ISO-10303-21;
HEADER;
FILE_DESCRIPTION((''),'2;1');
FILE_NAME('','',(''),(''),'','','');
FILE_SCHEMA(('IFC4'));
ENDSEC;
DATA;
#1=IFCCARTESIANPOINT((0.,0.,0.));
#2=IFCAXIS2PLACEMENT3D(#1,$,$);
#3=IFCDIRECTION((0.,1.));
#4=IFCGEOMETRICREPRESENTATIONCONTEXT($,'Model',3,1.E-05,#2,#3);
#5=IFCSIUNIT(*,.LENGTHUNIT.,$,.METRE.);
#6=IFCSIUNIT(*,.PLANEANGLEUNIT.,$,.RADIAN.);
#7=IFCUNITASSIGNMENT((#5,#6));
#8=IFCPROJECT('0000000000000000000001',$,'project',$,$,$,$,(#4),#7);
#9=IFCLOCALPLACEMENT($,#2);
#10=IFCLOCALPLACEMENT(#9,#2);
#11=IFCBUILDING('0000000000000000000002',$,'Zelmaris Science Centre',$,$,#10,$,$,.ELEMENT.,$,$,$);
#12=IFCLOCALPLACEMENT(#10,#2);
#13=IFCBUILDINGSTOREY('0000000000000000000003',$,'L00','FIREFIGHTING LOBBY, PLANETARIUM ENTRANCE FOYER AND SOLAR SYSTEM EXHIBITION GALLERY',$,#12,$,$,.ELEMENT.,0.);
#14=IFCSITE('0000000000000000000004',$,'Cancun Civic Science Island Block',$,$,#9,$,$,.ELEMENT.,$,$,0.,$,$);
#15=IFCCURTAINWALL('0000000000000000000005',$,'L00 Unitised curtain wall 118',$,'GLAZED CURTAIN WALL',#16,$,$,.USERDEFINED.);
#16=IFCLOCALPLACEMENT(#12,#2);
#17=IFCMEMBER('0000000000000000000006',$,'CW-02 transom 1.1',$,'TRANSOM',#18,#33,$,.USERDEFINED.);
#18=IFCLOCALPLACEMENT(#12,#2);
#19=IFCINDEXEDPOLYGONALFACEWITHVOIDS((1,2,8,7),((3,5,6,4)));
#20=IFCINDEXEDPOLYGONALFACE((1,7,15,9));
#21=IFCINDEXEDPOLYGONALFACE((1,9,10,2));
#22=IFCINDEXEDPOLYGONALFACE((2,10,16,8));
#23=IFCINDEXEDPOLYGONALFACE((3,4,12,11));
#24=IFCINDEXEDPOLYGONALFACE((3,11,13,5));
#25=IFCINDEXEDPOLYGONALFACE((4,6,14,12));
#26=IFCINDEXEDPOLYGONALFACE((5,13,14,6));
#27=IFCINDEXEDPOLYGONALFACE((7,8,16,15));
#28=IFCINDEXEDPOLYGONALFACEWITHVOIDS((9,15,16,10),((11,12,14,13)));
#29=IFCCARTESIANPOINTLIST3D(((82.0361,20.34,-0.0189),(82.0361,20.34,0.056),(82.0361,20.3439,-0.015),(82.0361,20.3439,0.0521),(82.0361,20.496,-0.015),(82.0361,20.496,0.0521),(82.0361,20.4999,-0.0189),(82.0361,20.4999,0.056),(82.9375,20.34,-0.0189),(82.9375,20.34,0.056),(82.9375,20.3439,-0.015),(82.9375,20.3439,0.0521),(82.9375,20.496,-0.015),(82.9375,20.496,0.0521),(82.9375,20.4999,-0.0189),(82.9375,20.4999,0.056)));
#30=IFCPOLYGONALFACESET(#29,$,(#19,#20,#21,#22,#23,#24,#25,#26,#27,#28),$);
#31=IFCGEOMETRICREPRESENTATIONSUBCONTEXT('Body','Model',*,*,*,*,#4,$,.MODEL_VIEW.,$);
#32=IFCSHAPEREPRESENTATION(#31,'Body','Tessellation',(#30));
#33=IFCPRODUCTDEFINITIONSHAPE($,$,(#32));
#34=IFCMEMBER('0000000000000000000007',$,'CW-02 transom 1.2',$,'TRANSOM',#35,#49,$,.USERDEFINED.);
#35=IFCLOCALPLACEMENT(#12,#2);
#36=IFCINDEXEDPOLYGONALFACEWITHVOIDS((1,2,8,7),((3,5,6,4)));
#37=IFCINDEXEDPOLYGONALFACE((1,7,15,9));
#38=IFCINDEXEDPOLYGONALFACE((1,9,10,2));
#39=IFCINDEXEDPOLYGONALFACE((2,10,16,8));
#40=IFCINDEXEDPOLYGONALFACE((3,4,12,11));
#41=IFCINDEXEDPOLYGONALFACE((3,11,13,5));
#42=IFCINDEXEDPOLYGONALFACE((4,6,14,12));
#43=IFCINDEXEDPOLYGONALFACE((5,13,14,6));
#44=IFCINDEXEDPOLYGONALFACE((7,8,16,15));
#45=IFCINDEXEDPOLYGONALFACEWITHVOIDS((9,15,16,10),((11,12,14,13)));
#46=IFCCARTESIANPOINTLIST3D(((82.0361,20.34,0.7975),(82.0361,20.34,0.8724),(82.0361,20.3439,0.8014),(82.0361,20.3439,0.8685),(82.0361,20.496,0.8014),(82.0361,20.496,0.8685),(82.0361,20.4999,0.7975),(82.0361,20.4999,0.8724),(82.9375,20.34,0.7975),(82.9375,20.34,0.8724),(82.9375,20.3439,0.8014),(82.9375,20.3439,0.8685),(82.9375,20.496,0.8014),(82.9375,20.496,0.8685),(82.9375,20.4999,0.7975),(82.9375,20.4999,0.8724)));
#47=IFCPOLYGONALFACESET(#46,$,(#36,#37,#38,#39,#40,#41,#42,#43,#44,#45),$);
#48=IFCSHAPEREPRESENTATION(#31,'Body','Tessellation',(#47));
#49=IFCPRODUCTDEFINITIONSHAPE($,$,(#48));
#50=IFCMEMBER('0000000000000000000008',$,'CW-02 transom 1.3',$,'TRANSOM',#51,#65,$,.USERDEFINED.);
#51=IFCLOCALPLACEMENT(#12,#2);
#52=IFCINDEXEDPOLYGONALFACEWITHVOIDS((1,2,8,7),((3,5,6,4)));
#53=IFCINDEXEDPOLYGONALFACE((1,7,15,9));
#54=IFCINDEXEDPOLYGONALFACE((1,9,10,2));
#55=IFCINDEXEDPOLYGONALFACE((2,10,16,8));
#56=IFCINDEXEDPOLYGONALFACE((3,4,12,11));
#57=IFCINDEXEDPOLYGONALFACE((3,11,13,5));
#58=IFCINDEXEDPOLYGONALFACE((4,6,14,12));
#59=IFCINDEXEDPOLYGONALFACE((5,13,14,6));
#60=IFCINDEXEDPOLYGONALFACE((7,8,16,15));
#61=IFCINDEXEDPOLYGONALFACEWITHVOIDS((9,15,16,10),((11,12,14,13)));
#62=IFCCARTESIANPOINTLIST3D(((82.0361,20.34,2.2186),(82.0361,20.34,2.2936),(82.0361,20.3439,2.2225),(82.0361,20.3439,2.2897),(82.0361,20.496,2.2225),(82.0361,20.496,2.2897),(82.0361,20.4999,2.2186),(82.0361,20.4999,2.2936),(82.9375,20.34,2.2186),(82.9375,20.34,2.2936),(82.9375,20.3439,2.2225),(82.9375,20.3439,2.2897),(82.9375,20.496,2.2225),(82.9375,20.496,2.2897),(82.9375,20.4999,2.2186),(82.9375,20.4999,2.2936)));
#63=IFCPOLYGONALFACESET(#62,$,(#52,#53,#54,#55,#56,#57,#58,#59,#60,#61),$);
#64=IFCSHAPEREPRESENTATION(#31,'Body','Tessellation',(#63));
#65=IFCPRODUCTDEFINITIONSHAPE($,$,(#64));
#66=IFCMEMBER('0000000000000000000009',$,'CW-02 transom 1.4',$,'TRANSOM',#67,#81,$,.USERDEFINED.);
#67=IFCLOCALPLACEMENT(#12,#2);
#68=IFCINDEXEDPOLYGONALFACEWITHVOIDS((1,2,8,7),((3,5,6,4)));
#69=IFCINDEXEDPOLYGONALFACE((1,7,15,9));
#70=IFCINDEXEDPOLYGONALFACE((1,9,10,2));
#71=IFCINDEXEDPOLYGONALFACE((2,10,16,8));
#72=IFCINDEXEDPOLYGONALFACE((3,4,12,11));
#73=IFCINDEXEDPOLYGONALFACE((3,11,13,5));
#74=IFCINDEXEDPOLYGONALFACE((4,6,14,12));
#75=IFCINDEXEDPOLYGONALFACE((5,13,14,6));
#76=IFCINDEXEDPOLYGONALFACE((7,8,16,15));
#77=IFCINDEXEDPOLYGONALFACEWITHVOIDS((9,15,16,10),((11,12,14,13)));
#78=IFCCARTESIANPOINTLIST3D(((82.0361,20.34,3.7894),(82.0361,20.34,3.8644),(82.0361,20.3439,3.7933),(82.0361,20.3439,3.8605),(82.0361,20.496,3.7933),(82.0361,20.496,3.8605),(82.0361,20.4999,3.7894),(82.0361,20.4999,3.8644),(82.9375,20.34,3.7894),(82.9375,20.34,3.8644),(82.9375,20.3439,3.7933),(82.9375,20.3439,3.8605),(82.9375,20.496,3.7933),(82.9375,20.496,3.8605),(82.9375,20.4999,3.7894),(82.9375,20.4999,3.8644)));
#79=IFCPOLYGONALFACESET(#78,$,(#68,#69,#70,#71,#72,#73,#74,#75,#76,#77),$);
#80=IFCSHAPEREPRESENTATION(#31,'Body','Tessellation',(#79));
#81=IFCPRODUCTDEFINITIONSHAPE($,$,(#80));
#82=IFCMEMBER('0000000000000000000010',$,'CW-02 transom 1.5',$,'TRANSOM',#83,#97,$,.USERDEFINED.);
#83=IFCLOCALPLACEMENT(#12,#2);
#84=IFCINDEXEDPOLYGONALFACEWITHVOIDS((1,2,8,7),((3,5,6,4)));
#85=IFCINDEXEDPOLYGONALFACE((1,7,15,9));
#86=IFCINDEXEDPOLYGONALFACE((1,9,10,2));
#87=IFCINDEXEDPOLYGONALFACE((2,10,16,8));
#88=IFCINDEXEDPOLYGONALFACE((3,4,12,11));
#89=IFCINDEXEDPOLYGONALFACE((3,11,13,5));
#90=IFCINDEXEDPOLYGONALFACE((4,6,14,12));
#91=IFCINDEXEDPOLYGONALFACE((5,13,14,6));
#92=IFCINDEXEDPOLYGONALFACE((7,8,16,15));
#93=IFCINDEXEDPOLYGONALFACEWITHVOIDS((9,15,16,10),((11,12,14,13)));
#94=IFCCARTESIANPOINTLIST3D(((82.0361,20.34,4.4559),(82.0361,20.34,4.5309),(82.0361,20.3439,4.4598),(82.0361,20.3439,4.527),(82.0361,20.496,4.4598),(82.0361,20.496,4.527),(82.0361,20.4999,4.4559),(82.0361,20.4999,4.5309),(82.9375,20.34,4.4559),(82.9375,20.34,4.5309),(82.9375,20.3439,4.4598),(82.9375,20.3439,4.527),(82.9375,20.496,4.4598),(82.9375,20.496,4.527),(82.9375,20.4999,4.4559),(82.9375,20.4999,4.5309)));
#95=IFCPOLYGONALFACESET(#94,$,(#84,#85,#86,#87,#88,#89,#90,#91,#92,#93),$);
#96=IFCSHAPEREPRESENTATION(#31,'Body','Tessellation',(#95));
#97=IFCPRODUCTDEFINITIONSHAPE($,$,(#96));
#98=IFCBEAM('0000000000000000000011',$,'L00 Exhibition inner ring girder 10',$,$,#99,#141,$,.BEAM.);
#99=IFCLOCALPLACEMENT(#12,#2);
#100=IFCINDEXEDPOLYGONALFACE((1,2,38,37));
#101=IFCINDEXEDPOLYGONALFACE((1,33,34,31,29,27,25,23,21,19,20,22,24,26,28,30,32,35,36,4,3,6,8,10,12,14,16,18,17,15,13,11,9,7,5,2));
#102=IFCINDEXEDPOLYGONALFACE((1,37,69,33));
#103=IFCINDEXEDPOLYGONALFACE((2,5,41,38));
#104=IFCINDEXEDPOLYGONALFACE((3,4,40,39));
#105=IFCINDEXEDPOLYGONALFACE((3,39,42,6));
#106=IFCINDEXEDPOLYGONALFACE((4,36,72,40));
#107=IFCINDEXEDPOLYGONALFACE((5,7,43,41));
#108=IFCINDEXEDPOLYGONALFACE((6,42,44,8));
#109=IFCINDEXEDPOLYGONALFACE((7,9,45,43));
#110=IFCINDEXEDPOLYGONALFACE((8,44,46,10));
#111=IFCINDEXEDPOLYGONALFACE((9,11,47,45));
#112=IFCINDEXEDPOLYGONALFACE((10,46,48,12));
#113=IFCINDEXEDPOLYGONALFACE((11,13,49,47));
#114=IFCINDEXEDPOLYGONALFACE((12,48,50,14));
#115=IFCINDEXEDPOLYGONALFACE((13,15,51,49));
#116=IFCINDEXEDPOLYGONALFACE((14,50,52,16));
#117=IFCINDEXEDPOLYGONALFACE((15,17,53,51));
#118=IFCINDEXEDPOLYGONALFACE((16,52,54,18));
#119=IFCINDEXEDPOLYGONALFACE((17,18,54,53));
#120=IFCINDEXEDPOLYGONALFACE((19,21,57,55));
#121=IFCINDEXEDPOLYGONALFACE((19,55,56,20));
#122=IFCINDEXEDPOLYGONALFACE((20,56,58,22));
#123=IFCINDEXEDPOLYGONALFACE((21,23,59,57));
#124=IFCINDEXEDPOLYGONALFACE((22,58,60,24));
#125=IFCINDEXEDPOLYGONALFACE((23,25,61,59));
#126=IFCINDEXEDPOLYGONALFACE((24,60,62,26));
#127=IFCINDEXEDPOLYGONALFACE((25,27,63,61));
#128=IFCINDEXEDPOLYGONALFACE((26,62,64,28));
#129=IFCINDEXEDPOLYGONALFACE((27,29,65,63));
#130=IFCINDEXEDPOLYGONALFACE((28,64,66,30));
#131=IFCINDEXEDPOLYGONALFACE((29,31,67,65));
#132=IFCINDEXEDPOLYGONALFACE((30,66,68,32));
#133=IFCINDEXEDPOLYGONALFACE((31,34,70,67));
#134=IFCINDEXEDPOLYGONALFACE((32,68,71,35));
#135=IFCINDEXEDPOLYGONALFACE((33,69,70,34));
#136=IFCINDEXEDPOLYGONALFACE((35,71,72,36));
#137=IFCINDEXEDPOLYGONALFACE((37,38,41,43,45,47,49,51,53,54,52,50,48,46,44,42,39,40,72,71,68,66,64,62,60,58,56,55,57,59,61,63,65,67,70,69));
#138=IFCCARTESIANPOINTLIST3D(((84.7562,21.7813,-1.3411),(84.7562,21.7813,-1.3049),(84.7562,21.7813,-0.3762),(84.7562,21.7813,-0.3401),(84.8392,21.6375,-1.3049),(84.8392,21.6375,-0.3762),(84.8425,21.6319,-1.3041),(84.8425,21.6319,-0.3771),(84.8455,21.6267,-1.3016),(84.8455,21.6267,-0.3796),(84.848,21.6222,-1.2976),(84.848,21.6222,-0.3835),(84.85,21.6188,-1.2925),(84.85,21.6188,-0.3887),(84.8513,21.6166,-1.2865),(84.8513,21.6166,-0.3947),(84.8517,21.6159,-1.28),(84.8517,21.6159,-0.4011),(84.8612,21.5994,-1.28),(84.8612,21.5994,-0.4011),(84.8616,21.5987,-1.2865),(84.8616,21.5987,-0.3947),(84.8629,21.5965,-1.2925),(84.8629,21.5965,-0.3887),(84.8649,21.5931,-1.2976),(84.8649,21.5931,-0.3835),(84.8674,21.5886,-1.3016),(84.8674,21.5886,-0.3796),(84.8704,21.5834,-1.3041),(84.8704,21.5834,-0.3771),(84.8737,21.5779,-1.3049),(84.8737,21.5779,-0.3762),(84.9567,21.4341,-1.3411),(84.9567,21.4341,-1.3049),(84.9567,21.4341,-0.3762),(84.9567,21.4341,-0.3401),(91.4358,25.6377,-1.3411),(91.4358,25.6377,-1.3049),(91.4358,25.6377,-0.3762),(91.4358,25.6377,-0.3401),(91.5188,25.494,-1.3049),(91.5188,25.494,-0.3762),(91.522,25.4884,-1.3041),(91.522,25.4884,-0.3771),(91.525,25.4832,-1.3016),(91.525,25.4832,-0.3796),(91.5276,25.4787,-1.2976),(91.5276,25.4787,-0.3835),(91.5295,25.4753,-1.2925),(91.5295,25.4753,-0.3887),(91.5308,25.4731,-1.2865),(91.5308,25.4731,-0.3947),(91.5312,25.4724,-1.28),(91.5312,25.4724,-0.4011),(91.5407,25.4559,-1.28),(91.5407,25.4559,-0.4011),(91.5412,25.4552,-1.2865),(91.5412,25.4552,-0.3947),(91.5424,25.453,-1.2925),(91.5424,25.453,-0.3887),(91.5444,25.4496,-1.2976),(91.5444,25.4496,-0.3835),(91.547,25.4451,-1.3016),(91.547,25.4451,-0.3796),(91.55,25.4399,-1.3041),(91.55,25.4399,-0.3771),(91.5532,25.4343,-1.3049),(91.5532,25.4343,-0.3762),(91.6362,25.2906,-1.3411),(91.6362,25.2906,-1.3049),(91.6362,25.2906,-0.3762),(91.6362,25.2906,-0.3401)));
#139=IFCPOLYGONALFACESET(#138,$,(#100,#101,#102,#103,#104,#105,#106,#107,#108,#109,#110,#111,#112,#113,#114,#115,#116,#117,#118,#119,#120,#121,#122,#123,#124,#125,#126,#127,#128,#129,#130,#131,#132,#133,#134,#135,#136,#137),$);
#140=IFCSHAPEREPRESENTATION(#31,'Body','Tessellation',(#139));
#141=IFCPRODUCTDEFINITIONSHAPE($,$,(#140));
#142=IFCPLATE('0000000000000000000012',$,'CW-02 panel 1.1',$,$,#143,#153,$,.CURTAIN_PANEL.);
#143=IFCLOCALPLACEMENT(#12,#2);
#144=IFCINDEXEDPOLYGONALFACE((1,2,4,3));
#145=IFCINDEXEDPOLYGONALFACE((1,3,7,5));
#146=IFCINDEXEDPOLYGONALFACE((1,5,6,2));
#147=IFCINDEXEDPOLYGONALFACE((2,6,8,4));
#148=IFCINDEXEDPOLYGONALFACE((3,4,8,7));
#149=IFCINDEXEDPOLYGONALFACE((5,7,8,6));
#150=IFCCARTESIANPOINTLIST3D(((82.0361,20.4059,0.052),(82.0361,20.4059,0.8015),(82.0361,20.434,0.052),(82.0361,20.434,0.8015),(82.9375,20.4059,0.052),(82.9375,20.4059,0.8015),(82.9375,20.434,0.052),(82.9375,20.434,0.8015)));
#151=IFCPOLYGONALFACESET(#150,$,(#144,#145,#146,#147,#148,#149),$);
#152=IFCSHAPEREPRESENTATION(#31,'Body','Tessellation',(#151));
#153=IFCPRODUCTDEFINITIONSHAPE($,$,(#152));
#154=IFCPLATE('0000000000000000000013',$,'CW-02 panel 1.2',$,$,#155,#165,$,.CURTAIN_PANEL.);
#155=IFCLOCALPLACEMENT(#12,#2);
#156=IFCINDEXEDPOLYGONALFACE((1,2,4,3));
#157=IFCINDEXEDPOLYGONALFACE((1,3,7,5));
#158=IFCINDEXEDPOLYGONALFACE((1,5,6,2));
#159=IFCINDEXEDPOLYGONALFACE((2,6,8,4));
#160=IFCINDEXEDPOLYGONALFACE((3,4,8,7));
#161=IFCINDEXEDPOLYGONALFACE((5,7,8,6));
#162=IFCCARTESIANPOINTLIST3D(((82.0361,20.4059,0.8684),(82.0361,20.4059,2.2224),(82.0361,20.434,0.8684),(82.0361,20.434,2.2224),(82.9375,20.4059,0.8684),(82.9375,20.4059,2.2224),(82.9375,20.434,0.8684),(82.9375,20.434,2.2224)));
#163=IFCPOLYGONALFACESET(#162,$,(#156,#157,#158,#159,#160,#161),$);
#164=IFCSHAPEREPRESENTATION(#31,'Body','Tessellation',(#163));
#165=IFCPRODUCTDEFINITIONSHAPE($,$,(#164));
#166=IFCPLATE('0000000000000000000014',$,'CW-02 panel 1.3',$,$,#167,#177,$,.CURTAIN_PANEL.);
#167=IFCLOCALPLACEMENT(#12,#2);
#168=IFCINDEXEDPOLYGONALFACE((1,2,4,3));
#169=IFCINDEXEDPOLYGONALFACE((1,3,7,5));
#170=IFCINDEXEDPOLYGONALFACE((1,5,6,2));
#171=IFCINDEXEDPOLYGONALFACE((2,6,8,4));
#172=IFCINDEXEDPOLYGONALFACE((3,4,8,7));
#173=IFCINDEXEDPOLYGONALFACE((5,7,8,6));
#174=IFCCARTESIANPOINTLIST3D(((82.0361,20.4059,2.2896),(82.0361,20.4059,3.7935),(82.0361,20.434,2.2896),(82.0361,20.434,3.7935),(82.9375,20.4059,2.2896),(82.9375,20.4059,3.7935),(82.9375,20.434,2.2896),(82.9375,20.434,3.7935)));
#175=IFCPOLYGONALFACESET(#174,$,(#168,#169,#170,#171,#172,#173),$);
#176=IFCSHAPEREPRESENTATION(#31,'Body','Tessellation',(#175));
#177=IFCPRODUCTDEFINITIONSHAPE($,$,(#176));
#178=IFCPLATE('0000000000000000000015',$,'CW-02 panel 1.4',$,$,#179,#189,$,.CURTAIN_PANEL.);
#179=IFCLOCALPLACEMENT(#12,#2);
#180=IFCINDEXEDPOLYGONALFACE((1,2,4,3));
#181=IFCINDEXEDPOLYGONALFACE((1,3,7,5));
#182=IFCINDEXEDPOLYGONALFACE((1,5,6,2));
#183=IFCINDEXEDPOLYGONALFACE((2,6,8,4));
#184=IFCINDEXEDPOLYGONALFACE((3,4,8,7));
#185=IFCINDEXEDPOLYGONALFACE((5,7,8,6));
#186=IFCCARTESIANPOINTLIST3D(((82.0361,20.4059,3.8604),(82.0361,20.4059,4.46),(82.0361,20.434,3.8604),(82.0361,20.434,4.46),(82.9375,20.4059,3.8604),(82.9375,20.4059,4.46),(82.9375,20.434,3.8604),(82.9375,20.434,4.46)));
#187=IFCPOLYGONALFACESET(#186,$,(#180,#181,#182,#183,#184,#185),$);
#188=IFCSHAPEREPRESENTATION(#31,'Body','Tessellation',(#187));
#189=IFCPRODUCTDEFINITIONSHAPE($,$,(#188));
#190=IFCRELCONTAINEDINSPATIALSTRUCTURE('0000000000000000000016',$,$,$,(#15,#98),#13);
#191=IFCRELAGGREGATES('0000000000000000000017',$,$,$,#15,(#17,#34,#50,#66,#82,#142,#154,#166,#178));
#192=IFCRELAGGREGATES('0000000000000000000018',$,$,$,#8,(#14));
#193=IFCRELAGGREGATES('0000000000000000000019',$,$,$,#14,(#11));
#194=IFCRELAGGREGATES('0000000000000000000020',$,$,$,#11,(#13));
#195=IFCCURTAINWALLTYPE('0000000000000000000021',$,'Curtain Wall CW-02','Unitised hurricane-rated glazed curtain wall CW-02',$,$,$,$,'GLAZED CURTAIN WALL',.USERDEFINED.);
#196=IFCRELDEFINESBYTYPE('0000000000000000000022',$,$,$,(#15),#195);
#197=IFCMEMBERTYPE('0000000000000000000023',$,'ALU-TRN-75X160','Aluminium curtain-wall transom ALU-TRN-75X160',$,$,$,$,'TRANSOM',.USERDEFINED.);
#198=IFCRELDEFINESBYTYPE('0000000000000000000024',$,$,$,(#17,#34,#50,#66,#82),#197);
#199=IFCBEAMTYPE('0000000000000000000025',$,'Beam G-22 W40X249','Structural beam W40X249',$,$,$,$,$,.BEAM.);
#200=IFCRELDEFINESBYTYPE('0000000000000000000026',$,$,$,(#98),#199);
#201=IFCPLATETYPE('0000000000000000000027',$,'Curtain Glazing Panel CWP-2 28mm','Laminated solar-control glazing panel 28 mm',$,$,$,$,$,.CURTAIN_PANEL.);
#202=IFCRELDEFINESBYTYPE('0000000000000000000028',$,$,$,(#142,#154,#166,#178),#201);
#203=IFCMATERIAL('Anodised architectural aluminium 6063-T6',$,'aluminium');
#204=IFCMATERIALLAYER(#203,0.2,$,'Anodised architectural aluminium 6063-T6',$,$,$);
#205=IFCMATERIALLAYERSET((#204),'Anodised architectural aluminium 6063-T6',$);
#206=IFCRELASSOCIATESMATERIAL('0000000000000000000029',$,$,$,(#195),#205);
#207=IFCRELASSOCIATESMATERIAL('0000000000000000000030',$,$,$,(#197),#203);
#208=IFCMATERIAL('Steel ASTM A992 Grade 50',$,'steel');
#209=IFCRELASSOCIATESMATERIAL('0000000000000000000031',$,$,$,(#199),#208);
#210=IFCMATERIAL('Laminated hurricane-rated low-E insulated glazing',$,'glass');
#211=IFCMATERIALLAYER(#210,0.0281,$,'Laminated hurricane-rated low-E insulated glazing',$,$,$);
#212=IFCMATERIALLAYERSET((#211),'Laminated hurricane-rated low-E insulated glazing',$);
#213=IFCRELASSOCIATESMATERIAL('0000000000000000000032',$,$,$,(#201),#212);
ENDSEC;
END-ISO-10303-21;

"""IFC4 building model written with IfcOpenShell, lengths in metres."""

from ifc_helpers import new_model, si_unit, direction, frame, origin, origin_2d, place, context, subcontext, project, spatial, rectangle, hollow_rectangle, i_section, extrude, material, layer, layer_set, material_profile, profile_set, type_object, element, aggregate, save


model = new_model("IFC4")

# Units and contexts
model_context = context("Model", 3, precision=1e-05, world=origin(), true_north=direction((0.0, 1.0)))
body_context = subcontext(model_context, "Body", "Model", "MODEL_VIEW")
ifc_project = project(units=[si_unit("LENGTHUNIT", "METRE"), si_unit("PLANEANGLEUNIT", "RADIAN")], contexts=[model_context])

# Site, building, storey
site_placement = place(None, origin())
site = spatial("IfcSite", under=ifc_project, at=site_placement, Name="Cancun Civic Science Island Block", CompositionType="ELEMENT", RefElevation=0.0)
building_placement = place(site_placement, origin())
building = spatial("IfcBuilding", under=site, at=building_placement, Name="Zelmaris Science Centre", CompositionType="ELEMENT")
storey_placement = place(building_placement, origin())
storey = spatial("IfcBuildingStorey", under=building, at=storey_placement, Name="L00", Description="FIREFIGHTING LOBBY, PLANETARIUM ENTRANCE FOYER AND SOLAR SYSTEM EXHIBITION GALLERY", CompositionType="ELEMENT", Elevation=0.0)

# Shared definitions
ifc_material_1 = material(Name="Steel ASTM A992 Grade 50", Category="steel")

# Shared definitions
ifc_material_2 = material(Name="Anodised architectural aluminium 6063-T6", Category="aluminium")

# Curtain wall
ifc_layer_1 = layer(ifc_material_2, 0.2, Name="Anodised architectural aluminium 6063-T6")
ifc_layer_set_1 = layer_set([ifc_layer_1], Name="Anodised architectural aluminium 6063-T6")
curtain_wall_type_1 = type_object("IfcCurtainWallType", Name="Curtain Wall CW-02", Description="Unitised hurricane-rated glazed curtain wall CW-02", ElementType="GLAZED CURTAIN WALL", PredefinedType="USERDEFINED", material=ifc_layer_set_1)
curtain_wall_1_placement = place(storey_placement, origin())
curtain_wall_1 = element("IfcCurtainWall", 1, at=curtain_wall_1_placement, inside=storey, type_object=curtain_wall_type_1, Name="L00 Unitised curtain wall 118", ObjectType="GLAZED CURTAIN WALL", PredefinedType="USERDEFINED")

# Members
ifc_material_profile_1 = material_profile(ifc_material_2, hollow_rectangle(XDim=0.075, YDim=0.1599, WallThickness=0.0039, at=origin_2d()), Name="ALU-TRN-75X160")
ifc_profile_set_1 = profile_set([ifc_material_profile_1], Name="Anodised architectural aluminium 6063-T6")
member_type_1 = type_object("IfcMemberType", Name="ALU-TRN-75X160", Description="Aluminium curtain-wall transom ALU-TRN-75X160", ElementType="TRANSOM", PredefinedType="USERDEFINED", material=ifc_profile_set_1)
member_1_placement = place(storey_placement, frame((82.9375, 20.4199, 0.0186), z_axis=(-1.0, 0.0, 0.0), x_axis=(0.0, 0.0, 1.0)))
member_1 = element("IfcMember", 2, at=member_1_placement, type_object=member_type_1, Name="CW-02 transom 1.1", ObjectType="TRANSOM", PredefinedType="USERDEFINED", context=body_context, shape_type="SweptSolid", body=[
    extrude(hollow_rectangle(XDim=0.075, YDim=0.1599, WallThickness=0.0039, at=origin_2d()), origin(), (0.0, 0.0, 1.0), 0.9014),
])
member_2_placement = place(storey_placement, frame((82.9375, 20.4199, 0.835), z_axis=(-1.0, 0.0, 0.0), x_axis=(0.0, 0.0, 1.0)))
member_2 = element("IfcMember", 3, at=member_2_placement, type_object=member_type_1, Name="CW-02 transom 1.2", ObjectType="TRANSOM", PredefinedType="USERDEFINED", context=body_context, shape_type="SweptSolid", body=[
    extrude(hollow_rectangle(XDim=0.075, YDim=0.1599, WallThickness=0.0039, at=origin_2d()), origin(), (0.0, 0.0, 1.0), 0.9014),
])
member_3_placement = place(storey_placement, frame((82.9375, 20.4199, 2.2561), z_axis=(-1.0, 0.0, 0.0), x_axis=(0.0, 0.0, 1.0)))
member_3 = element("IfcMember", 4, at=member_3_placement, type_object=member_type_1, Name="CW-02 transom 1.3", ObjectType="TRANSOM", PredefinedType="USERDEFINED", context=body_context, shape_type="SweptSolid", body=[
    extrude(hollow_rectangle(XDim=0.075, YDim=0.1599, WallThickness=0.0039, at=origin_2d()), origin(), (0.0, 0.0, 1.0), 0.9014),
])
member_4_placement = place(storey_placement, frame((82.9375, 20.4199, 3.8269), z_axis=(-1.0, 0.0, 0.0), x_axis=(0.0, 0.0, 1.0)))
member_4 = element("IfcMember", 5, at=member_4_placement, type_object=member_type_1, Name="CW-02 transom 1.4", ObjectType="TRANSOM", PredefinedType="USERDEFINED", context=body_context, shape_type="SweptSolid", body=[
    extrude(hollow_rectangle(XDim=0.075, YDim=0.1599, WallThickness=0.0039, at=origin_2d()), origin(), (0.0, 0.0, 1.0), 0.9014),
])
member_5_placement = place(storey_placement, frame((82.9375, 20.4199, 4.4934), z_axis=(-1.0, 0.0, 0.0), x_axis=(0.0, 0.0, 1.0)))
member_5 = element("IfcMember", 6, at=member_5_placement, type_object=member_type_1, Name="CW-02 transom 1.5", ObjectType="TRANSOM", PredefinedType="USERDEFINED", context=body_context, shape_type="SweptSolid", body=[
    extrude(hollow_rectangle(XDim=0.075, YDim=0.1599, WallThickness=0.0039, at=origin_2d()), origin(), (0.0, 0.0, 1.0), 0.9014),
])

# Beam
ifc_material_profile_2 = material_profile(ifc_material_1, i_section(OverallWidth=0.4009, OverallDepth=1.001, WebThickness=0.019, FlangeThickness=0.0361, FilletRadius=0.0249, at=origin_2d()), Name="W40X249")
ifc_profile_set_2 = profile_set([ifc_material_profile_2], Name="Steel ASTM A992 Grade 50")
beam_type = type_object("IfcBeamType", Name="Beam G-22 W40X249", Description="Structural beam W40X249", PredefinedType="BEAM", material=ifc_profile_set_2)
beam_placement = place(storey_placement, frame((84.8564, 21.6077, -0.8406), z_axis=(0.866022, 0.500007, 0.0), x_axis=(-0.500007, 0.866022, 0.0)))
element("IfcBeam", 7, at=beam_placement, inside=storey, type_object=beam_type, Name="L00 Exhibition inner ring girder 10", PredefinedType="BEAM", context=body_context, shape_type="SweptSolid", body=[
    extrude(i_section(OverallWidth=0.4009, OverallDepth=1.001, WebThickness=0.019, FlangeThickness=0.0361, FilletRadius=0.0249, at=origin_2d()), origin(), (0.0, 0.0, 1.0), 7.7129),
])

# Plates
ifc_material_3 = material(Name="Laminated hurricane-rated low-E insulated glazing", Category="glass")
ifc_layer_2 = layer(ifc_material_3, 0.0281, Name="Laminated hurricane-rated low-E insulated glazing")
ifc_layer_set_2 = layer_set([ifc_layer_2], Name="Laminated hurricane-rated low-E insulated glazing")
plate_type_1 = type_object("IfcPlateType", Name="Curtain Glazing Panel CWP-2 28mm", Description="Laminated solar-control glazing panel 28 mm", PredefinedType="CURTAIN_PANEL", material=ifc_layer_set_2)
plate_1_placement = place(storey_placement, frame((82.4868, 20.4199, 0.052), z_axis=(0.0, 0.0, 1.0), x_axis=(-1.0, 0.0, 0.0)))
plate_1 = element("IfcPlate", 8, at=plate_1_placement, type_object=plate_type_1, Name="CW-02 panel 1.1", PredefinedType="CURTAIN_PANEL", context=body_context, shape_type="SweptSolid", body=[
    extrude(rectangle(XDim=0.9014, YDim=0.0281, at=origin_2d()), origin(), (0.0, 0.0, 1.0), 0.7495),
])
plate_2_placement = place(storey_placement, frame((82.4868, 20.4199, 0.8684), z_axis=(0.0, 0.0, 1.0), x_axis=(-1.0, 0.0, 0.0)))
plate_2 = element("IfcPlate", 9, at=plate_2_placement, type_object=plate_type_1, Name="CW-02 panel 1.2", PredefinedType="CURTAIN_PANEL", context=body_context, shape_type="SweptSolid", body=[
    extrude(rectangle(XDim=0.9014, YDim=0.0281, at=origin_2d()), origin(), (0.0, 0.0, 1.0), 1.354),
])
plate_3_placement = place(storey_placement, frame((82.4868, 20.4199, 2.2896), z_axis=(0.0, 0.0, 1.0), x_axis=(-1.0, 0.0, 0.0)))
plate_3 = element("IfcPlate", 10, at=plate_3_placement, type_object=plate_type_1, Name="CW-02 panel 1.3", PredefinedType="CURTAIN_PANEL", context=body_context, shape_type="SweptSolid", body=[
    extrude(rectangle(XDim=0.9014, YDim=0.0281, at=origin_2d()), origin(), (0.0, 0.0, 1.0), 1.5039),
])
plate_4_placement = place(storey_placement, frame((82.4868, 20.4199, 3.8604), z_axis=(0.0, 0.0, 1.0), x_axis=(-1.0, 0.0, 0.0)))
plate_4 = element("IfcPlate", 11, at=plate_4_placement, type_object=plate_type_1, Name="CW-02 panel 1.4", PredefinedType="CURTAIN_PANEL", context=body_context, shape_type="SweptSolid", body=[
    extrude(rectangle(XDim=0.9014, YDim=0.0281, at=origin_2d()), origin(), (0.0, 0.0, 1.0), 0.5996),
])
aggregate(curtain_wall_1, [member_1, member_2, member_3, member_4, member_5, plate_1, plate_2, plate_3, plate_4])

save(model, "model.ifc")
